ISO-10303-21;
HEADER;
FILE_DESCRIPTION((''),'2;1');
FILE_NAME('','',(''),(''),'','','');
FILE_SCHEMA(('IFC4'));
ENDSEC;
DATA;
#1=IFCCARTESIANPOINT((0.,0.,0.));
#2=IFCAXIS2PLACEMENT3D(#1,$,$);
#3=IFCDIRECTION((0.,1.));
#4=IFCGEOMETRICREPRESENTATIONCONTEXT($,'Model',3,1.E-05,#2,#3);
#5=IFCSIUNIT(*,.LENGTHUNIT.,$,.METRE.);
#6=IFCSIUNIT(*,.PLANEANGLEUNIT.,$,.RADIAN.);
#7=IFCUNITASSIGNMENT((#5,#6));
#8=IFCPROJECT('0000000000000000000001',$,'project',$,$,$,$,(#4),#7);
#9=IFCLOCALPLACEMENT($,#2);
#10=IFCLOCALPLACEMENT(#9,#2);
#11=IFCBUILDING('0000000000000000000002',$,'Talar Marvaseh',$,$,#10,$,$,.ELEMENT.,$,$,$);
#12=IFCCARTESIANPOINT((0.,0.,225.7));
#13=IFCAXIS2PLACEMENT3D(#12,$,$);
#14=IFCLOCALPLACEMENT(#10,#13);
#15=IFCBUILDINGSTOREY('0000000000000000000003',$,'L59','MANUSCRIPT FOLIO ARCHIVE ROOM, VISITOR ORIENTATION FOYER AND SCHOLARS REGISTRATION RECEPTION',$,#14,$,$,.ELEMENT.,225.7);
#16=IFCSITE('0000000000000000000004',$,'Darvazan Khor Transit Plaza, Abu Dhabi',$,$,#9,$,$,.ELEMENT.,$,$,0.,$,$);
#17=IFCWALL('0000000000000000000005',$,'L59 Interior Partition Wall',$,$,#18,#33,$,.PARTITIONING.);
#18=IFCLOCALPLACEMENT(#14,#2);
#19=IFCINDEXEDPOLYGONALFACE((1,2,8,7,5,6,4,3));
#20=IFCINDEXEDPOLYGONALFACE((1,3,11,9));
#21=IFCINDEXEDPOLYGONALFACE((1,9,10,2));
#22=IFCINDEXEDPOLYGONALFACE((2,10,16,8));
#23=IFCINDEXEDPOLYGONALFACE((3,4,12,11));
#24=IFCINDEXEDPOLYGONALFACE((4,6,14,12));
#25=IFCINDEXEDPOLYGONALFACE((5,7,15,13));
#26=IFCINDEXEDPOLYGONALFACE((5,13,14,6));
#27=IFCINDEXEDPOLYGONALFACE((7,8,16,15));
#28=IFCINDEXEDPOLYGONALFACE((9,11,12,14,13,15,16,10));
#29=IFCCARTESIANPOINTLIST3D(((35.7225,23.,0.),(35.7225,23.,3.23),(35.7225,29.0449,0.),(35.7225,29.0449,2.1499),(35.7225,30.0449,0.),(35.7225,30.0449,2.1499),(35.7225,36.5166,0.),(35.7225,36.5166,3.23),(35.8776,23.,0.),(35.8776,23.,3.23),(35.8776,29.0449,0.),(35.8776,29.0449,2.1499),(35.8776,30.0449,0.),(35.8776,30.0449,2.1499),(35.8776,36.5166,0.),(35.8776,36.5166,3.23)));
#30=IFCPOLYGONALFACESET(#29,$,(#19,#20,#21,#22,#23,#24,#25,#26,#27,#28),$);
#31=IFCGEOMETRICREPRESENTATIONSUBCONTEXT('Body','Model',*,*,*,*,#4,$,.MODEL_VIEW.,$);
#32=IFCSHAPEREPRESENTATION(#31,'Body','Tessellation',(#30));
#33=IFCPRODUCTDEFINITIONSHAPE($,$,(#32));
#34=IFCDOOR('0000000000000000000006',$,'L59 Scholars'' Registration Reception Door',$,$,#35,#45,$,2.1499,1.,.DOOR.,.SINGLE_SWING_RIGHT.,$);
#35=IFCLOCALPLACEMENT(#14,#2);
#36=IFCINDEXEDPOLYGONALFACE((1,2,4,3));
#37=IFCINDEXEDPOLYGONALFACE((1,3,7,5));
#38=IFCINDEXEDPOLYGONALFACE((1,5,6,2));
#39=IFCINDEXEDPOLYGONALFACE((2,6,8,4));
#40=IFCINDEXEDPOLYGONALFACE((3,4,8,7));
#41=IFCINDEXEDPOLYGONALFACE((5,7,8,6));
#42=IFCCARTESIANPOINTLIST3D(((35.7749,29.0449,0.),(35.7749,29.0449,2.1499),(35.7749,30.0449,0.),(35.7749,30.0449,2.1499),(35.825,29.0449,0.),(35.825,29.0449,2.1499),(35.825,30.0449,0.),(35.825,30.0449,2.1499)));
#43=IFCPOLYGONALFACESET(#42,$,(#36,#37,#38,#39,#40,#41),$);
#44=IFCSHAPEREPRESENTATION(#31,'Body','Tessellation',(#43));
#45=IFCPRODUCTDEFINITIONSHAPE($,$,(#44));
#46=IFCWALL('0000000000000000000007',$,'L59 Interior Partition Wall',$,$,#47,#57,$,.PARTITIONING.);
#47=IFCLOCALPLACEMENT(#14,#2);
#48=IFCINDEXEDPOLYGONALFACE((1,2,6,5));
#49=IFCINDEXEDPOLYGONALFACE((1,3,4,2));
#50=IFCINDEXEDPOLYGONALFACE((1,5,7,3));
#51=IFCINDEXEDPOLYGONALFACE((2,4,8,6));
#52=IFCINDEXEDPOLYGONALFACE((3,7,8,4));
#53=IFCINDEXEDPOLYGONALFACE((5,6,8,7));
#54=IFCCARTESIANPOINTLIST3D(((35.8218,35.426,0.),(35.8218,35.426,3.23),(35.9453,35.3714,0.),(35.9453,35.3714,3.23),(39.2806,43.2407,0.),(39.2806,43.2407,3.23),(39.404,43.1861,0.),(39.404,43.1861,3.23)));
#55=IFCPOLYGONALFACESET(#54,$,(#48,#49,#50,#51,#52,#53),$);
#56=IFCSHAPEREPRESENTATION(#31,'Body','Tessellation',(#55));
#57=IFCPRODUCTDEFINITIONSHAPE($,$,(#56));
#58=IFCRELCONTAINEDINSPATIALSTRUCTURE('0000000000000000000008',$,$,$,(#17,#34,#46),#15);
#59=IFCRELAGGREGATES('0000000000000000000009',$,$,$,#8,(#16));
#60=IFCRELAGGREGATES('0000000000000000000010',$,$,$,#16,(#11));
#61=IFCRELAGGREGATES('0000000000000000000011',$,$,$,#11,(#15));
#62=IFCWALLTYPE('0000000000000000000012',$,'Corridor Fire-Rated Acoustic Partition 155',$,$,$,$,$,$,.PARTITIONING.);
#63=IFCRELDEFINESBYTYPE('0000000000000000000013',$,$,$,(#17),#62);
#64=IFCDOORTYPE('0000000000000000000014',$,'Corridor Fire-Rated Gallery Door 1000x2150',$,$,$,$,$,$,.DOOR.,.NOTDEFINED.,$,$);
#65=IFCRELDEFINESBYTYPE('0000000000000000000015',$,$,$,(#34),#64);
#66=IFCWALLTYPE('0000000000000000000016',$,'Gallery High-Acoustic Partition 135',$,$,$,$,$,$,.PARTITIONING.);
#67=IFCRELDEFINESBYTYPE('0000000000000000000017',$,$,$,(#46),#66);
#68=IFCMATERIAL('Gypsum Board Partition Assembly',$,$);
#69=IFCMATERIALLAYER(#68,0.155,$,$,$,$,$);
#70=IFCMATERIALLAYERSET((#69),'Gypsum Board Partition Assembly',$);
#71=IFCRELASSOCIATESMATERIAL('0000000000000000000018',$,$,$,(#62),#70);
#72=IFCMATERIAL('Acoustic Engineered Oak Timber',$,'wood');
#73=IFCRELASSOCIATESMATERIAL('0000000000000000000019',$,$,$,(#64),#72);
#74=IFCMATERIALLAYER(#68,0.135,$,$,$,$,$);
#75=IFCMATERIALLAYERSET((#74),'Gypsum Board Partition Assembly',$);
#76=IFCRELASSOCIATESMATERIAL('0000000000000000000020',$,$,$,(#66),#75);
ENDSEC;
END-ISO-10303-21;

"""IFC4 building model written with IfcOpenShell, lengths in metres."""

from ifc_helpers import new_model, si_unit, direction, frame, frame_2d, origin, place, context, subcontext, project, spatial, rectangle, extrude, source, transform, mapped, material, layer, layer_set, type_object, type_shapes, element, fill, save


model = new_model("IFC4")

# Units and contexts
model_context = context("Model", 3, precision=1e-05, world=origin(), true_north=direction((0.0, 1.0)))
body_context = subcontext(model_context, "Body", "Model", "MODEL_VIEW")
ifc_project = project(units=[si_unit("LENGTHUNIT", "METRE"), si_unit("PLANEANGLEUNIT", "RADIAN")], contexts=[model_context])

# Site, building, storey
site_placement = place(None, origin())
site = spatial("IfcSite", under=ifc_project, at=site_placement, Name="Darvazan Khor Transit Plaza, Abu Dhabi", CompositionType="ELEMENT", RefElevation=0.0)
building_placement = place(site_placement, origin())
building = spatial("IfcBuilding", under=site, at=building_placement, Name="Talar Marvaseh", CompositionType="ELEMENT")
storey_placement = place(building_placement, frame((0.0, 0.0, 225.7)))
storey = spatial("IfcBuildingStorey", under=building, at=storey_placement, Name="L59", Description="MANUSCRIPT FOLIO ARCHIVE ROOM, VISITOR ORIENTATION FOYER AND SCHOLARS REGISTRATION RECEPTION", CompositionType="ELEMENT", Elevation=225.7)

# Wall, opening, door
ifc_material_1 = material(Name="Gypsum Board Partition Assembly")
ifc_layer_1 = layer(ifc_material_1, 0.155)
ifc_layer_set_1 = layer_set([ifc_layer_1], Name="Gypsum Board Partition Assembly")
wall_type_1 = type_object("IfcWallType", Name="Corridor Fire-Rated Acoustic Partition 155", PredefinedType="PARTITIONING", material=ifc_layer_set_1)
wall_1_placement = place(storey_placement, frame((35.8, 36.5166, 0.0), z_axis=(0.0, 0.0, 1.0), x_axis=(0.0, -1.0, 0.0)))
wall_1 = element("IfcWall", 1, at=wall_1_placement, inside=storey, type_object=wall_type_1, Name="L59 Interior Partition Wall", PredefinedType="PARTITIONING", context=body_context, shape_type="SweptSolid", body=[
    extrude(rectangle(XDim=13.5166, YDim=0.155, at=frame_2d((6.7583, 0.0))), origin(), (0.0, 0.0, 1.0), 3.23),
])
opening_placement = place(wall_1_placement, frame((6.4717, 0.0, 0.0)))
opening = element("IfcOpeningElement", 2, at=opening_placement, cuts=wall_1, PredefinedType="OPENING", context=body_context, shape_type="SweptSolid", body=[
    extrude(rectangle(XDim=1.0, YDim=2.1499, at=frame_2d((0.5, 1.075))), frame((0.0, 0.0874, 0.0), z_axis=(0.0, -1.0, 0.0), x_axis=(1.0, 0.0, 0.0)), (0.0, 0.0, 1.0), 0.175),
])
ifc_material_2 = material(Name="Acoustic Engineered Oak Timber", Category="wood")
door_type = type_object("IfcDoorType", Name="Corridor Fire-Rated Gallery Door 1000x2150", OperationType="NOTDEFINED", PredefinedType="DOOR", material=ifc_material_2)
shared_shape_1 = source(origin(), body_context, "Body", "SweptSolid", [
    extrude(rectangle(XDim=1.0, YDim=2.1499, at=frame_2d((0.5, 1.075))), frame((0.0, 0.0249, 0.0), z_axis=(0.0, -1.0, 0.0), x_axis=(1.0, 0.0, 0.0)), (0.0, 0.0, 1.0), 0.05),
])
type_shapes(door_type, [shared_shape_1])
door_placement = place(opening_placement, origin())
door = element("IfcDoor", 3, at=door_placement, inside=storey, type_object=door_type, Name="L59 Scholars' Registration Reception Door", OperationType="SINGLE_SWING_RIGHT", OverallHeight=2.1499, OverallWidth=1.0, PredefinedType="DOOR", context=body_context, shape_type="MappedRepresentation", body=[
    mapped(shared_shape_1, transform((0.0, 0.0, 0.0), x_axis=(1.0, 0.0, 0.0), y_axis=(0.0, 1.0, 0.0), z_axis=(0.0, 0.0, 1.0), scale=1.0)),
])
fill(opening, door)

# Wall
ifc_layer_2 = layer(ifc_material_1, 0.135)
ifc_layer_set_2 = layer_set([ifc_layer_2], Name="Gypsum Board Partition Assembly")
wall_type_2 = type_object("IfcWallType", Name="Gallery High-Acoustic Partition 135", PredefinedType="PARTITIONING", material=ifc_layer_set_2)
wall_2_placement = place(storey_placement, frame((35.8835, 35.3987, 0.0), z_axis=(0.0, 0.0, 1.0), x_axis=(0.404725, 0.914438, 0.0)))
element("IfcWall", 4, at=wall_2_placement, inside=storey, type_object=wall_type_2, Name="L59 Interior Partition Wall", PredefinedType="PARTITIONING", context=body_context, shape_type="SweptSolid", body=[
    extrude(rectangle(XDim=8.5459, YDim=0.135, at=frame_2d((4.2729, 0.0))), origin(), (0.0, 0.0, 1.0), 3.23),
])

save(model, "model.ifc")
